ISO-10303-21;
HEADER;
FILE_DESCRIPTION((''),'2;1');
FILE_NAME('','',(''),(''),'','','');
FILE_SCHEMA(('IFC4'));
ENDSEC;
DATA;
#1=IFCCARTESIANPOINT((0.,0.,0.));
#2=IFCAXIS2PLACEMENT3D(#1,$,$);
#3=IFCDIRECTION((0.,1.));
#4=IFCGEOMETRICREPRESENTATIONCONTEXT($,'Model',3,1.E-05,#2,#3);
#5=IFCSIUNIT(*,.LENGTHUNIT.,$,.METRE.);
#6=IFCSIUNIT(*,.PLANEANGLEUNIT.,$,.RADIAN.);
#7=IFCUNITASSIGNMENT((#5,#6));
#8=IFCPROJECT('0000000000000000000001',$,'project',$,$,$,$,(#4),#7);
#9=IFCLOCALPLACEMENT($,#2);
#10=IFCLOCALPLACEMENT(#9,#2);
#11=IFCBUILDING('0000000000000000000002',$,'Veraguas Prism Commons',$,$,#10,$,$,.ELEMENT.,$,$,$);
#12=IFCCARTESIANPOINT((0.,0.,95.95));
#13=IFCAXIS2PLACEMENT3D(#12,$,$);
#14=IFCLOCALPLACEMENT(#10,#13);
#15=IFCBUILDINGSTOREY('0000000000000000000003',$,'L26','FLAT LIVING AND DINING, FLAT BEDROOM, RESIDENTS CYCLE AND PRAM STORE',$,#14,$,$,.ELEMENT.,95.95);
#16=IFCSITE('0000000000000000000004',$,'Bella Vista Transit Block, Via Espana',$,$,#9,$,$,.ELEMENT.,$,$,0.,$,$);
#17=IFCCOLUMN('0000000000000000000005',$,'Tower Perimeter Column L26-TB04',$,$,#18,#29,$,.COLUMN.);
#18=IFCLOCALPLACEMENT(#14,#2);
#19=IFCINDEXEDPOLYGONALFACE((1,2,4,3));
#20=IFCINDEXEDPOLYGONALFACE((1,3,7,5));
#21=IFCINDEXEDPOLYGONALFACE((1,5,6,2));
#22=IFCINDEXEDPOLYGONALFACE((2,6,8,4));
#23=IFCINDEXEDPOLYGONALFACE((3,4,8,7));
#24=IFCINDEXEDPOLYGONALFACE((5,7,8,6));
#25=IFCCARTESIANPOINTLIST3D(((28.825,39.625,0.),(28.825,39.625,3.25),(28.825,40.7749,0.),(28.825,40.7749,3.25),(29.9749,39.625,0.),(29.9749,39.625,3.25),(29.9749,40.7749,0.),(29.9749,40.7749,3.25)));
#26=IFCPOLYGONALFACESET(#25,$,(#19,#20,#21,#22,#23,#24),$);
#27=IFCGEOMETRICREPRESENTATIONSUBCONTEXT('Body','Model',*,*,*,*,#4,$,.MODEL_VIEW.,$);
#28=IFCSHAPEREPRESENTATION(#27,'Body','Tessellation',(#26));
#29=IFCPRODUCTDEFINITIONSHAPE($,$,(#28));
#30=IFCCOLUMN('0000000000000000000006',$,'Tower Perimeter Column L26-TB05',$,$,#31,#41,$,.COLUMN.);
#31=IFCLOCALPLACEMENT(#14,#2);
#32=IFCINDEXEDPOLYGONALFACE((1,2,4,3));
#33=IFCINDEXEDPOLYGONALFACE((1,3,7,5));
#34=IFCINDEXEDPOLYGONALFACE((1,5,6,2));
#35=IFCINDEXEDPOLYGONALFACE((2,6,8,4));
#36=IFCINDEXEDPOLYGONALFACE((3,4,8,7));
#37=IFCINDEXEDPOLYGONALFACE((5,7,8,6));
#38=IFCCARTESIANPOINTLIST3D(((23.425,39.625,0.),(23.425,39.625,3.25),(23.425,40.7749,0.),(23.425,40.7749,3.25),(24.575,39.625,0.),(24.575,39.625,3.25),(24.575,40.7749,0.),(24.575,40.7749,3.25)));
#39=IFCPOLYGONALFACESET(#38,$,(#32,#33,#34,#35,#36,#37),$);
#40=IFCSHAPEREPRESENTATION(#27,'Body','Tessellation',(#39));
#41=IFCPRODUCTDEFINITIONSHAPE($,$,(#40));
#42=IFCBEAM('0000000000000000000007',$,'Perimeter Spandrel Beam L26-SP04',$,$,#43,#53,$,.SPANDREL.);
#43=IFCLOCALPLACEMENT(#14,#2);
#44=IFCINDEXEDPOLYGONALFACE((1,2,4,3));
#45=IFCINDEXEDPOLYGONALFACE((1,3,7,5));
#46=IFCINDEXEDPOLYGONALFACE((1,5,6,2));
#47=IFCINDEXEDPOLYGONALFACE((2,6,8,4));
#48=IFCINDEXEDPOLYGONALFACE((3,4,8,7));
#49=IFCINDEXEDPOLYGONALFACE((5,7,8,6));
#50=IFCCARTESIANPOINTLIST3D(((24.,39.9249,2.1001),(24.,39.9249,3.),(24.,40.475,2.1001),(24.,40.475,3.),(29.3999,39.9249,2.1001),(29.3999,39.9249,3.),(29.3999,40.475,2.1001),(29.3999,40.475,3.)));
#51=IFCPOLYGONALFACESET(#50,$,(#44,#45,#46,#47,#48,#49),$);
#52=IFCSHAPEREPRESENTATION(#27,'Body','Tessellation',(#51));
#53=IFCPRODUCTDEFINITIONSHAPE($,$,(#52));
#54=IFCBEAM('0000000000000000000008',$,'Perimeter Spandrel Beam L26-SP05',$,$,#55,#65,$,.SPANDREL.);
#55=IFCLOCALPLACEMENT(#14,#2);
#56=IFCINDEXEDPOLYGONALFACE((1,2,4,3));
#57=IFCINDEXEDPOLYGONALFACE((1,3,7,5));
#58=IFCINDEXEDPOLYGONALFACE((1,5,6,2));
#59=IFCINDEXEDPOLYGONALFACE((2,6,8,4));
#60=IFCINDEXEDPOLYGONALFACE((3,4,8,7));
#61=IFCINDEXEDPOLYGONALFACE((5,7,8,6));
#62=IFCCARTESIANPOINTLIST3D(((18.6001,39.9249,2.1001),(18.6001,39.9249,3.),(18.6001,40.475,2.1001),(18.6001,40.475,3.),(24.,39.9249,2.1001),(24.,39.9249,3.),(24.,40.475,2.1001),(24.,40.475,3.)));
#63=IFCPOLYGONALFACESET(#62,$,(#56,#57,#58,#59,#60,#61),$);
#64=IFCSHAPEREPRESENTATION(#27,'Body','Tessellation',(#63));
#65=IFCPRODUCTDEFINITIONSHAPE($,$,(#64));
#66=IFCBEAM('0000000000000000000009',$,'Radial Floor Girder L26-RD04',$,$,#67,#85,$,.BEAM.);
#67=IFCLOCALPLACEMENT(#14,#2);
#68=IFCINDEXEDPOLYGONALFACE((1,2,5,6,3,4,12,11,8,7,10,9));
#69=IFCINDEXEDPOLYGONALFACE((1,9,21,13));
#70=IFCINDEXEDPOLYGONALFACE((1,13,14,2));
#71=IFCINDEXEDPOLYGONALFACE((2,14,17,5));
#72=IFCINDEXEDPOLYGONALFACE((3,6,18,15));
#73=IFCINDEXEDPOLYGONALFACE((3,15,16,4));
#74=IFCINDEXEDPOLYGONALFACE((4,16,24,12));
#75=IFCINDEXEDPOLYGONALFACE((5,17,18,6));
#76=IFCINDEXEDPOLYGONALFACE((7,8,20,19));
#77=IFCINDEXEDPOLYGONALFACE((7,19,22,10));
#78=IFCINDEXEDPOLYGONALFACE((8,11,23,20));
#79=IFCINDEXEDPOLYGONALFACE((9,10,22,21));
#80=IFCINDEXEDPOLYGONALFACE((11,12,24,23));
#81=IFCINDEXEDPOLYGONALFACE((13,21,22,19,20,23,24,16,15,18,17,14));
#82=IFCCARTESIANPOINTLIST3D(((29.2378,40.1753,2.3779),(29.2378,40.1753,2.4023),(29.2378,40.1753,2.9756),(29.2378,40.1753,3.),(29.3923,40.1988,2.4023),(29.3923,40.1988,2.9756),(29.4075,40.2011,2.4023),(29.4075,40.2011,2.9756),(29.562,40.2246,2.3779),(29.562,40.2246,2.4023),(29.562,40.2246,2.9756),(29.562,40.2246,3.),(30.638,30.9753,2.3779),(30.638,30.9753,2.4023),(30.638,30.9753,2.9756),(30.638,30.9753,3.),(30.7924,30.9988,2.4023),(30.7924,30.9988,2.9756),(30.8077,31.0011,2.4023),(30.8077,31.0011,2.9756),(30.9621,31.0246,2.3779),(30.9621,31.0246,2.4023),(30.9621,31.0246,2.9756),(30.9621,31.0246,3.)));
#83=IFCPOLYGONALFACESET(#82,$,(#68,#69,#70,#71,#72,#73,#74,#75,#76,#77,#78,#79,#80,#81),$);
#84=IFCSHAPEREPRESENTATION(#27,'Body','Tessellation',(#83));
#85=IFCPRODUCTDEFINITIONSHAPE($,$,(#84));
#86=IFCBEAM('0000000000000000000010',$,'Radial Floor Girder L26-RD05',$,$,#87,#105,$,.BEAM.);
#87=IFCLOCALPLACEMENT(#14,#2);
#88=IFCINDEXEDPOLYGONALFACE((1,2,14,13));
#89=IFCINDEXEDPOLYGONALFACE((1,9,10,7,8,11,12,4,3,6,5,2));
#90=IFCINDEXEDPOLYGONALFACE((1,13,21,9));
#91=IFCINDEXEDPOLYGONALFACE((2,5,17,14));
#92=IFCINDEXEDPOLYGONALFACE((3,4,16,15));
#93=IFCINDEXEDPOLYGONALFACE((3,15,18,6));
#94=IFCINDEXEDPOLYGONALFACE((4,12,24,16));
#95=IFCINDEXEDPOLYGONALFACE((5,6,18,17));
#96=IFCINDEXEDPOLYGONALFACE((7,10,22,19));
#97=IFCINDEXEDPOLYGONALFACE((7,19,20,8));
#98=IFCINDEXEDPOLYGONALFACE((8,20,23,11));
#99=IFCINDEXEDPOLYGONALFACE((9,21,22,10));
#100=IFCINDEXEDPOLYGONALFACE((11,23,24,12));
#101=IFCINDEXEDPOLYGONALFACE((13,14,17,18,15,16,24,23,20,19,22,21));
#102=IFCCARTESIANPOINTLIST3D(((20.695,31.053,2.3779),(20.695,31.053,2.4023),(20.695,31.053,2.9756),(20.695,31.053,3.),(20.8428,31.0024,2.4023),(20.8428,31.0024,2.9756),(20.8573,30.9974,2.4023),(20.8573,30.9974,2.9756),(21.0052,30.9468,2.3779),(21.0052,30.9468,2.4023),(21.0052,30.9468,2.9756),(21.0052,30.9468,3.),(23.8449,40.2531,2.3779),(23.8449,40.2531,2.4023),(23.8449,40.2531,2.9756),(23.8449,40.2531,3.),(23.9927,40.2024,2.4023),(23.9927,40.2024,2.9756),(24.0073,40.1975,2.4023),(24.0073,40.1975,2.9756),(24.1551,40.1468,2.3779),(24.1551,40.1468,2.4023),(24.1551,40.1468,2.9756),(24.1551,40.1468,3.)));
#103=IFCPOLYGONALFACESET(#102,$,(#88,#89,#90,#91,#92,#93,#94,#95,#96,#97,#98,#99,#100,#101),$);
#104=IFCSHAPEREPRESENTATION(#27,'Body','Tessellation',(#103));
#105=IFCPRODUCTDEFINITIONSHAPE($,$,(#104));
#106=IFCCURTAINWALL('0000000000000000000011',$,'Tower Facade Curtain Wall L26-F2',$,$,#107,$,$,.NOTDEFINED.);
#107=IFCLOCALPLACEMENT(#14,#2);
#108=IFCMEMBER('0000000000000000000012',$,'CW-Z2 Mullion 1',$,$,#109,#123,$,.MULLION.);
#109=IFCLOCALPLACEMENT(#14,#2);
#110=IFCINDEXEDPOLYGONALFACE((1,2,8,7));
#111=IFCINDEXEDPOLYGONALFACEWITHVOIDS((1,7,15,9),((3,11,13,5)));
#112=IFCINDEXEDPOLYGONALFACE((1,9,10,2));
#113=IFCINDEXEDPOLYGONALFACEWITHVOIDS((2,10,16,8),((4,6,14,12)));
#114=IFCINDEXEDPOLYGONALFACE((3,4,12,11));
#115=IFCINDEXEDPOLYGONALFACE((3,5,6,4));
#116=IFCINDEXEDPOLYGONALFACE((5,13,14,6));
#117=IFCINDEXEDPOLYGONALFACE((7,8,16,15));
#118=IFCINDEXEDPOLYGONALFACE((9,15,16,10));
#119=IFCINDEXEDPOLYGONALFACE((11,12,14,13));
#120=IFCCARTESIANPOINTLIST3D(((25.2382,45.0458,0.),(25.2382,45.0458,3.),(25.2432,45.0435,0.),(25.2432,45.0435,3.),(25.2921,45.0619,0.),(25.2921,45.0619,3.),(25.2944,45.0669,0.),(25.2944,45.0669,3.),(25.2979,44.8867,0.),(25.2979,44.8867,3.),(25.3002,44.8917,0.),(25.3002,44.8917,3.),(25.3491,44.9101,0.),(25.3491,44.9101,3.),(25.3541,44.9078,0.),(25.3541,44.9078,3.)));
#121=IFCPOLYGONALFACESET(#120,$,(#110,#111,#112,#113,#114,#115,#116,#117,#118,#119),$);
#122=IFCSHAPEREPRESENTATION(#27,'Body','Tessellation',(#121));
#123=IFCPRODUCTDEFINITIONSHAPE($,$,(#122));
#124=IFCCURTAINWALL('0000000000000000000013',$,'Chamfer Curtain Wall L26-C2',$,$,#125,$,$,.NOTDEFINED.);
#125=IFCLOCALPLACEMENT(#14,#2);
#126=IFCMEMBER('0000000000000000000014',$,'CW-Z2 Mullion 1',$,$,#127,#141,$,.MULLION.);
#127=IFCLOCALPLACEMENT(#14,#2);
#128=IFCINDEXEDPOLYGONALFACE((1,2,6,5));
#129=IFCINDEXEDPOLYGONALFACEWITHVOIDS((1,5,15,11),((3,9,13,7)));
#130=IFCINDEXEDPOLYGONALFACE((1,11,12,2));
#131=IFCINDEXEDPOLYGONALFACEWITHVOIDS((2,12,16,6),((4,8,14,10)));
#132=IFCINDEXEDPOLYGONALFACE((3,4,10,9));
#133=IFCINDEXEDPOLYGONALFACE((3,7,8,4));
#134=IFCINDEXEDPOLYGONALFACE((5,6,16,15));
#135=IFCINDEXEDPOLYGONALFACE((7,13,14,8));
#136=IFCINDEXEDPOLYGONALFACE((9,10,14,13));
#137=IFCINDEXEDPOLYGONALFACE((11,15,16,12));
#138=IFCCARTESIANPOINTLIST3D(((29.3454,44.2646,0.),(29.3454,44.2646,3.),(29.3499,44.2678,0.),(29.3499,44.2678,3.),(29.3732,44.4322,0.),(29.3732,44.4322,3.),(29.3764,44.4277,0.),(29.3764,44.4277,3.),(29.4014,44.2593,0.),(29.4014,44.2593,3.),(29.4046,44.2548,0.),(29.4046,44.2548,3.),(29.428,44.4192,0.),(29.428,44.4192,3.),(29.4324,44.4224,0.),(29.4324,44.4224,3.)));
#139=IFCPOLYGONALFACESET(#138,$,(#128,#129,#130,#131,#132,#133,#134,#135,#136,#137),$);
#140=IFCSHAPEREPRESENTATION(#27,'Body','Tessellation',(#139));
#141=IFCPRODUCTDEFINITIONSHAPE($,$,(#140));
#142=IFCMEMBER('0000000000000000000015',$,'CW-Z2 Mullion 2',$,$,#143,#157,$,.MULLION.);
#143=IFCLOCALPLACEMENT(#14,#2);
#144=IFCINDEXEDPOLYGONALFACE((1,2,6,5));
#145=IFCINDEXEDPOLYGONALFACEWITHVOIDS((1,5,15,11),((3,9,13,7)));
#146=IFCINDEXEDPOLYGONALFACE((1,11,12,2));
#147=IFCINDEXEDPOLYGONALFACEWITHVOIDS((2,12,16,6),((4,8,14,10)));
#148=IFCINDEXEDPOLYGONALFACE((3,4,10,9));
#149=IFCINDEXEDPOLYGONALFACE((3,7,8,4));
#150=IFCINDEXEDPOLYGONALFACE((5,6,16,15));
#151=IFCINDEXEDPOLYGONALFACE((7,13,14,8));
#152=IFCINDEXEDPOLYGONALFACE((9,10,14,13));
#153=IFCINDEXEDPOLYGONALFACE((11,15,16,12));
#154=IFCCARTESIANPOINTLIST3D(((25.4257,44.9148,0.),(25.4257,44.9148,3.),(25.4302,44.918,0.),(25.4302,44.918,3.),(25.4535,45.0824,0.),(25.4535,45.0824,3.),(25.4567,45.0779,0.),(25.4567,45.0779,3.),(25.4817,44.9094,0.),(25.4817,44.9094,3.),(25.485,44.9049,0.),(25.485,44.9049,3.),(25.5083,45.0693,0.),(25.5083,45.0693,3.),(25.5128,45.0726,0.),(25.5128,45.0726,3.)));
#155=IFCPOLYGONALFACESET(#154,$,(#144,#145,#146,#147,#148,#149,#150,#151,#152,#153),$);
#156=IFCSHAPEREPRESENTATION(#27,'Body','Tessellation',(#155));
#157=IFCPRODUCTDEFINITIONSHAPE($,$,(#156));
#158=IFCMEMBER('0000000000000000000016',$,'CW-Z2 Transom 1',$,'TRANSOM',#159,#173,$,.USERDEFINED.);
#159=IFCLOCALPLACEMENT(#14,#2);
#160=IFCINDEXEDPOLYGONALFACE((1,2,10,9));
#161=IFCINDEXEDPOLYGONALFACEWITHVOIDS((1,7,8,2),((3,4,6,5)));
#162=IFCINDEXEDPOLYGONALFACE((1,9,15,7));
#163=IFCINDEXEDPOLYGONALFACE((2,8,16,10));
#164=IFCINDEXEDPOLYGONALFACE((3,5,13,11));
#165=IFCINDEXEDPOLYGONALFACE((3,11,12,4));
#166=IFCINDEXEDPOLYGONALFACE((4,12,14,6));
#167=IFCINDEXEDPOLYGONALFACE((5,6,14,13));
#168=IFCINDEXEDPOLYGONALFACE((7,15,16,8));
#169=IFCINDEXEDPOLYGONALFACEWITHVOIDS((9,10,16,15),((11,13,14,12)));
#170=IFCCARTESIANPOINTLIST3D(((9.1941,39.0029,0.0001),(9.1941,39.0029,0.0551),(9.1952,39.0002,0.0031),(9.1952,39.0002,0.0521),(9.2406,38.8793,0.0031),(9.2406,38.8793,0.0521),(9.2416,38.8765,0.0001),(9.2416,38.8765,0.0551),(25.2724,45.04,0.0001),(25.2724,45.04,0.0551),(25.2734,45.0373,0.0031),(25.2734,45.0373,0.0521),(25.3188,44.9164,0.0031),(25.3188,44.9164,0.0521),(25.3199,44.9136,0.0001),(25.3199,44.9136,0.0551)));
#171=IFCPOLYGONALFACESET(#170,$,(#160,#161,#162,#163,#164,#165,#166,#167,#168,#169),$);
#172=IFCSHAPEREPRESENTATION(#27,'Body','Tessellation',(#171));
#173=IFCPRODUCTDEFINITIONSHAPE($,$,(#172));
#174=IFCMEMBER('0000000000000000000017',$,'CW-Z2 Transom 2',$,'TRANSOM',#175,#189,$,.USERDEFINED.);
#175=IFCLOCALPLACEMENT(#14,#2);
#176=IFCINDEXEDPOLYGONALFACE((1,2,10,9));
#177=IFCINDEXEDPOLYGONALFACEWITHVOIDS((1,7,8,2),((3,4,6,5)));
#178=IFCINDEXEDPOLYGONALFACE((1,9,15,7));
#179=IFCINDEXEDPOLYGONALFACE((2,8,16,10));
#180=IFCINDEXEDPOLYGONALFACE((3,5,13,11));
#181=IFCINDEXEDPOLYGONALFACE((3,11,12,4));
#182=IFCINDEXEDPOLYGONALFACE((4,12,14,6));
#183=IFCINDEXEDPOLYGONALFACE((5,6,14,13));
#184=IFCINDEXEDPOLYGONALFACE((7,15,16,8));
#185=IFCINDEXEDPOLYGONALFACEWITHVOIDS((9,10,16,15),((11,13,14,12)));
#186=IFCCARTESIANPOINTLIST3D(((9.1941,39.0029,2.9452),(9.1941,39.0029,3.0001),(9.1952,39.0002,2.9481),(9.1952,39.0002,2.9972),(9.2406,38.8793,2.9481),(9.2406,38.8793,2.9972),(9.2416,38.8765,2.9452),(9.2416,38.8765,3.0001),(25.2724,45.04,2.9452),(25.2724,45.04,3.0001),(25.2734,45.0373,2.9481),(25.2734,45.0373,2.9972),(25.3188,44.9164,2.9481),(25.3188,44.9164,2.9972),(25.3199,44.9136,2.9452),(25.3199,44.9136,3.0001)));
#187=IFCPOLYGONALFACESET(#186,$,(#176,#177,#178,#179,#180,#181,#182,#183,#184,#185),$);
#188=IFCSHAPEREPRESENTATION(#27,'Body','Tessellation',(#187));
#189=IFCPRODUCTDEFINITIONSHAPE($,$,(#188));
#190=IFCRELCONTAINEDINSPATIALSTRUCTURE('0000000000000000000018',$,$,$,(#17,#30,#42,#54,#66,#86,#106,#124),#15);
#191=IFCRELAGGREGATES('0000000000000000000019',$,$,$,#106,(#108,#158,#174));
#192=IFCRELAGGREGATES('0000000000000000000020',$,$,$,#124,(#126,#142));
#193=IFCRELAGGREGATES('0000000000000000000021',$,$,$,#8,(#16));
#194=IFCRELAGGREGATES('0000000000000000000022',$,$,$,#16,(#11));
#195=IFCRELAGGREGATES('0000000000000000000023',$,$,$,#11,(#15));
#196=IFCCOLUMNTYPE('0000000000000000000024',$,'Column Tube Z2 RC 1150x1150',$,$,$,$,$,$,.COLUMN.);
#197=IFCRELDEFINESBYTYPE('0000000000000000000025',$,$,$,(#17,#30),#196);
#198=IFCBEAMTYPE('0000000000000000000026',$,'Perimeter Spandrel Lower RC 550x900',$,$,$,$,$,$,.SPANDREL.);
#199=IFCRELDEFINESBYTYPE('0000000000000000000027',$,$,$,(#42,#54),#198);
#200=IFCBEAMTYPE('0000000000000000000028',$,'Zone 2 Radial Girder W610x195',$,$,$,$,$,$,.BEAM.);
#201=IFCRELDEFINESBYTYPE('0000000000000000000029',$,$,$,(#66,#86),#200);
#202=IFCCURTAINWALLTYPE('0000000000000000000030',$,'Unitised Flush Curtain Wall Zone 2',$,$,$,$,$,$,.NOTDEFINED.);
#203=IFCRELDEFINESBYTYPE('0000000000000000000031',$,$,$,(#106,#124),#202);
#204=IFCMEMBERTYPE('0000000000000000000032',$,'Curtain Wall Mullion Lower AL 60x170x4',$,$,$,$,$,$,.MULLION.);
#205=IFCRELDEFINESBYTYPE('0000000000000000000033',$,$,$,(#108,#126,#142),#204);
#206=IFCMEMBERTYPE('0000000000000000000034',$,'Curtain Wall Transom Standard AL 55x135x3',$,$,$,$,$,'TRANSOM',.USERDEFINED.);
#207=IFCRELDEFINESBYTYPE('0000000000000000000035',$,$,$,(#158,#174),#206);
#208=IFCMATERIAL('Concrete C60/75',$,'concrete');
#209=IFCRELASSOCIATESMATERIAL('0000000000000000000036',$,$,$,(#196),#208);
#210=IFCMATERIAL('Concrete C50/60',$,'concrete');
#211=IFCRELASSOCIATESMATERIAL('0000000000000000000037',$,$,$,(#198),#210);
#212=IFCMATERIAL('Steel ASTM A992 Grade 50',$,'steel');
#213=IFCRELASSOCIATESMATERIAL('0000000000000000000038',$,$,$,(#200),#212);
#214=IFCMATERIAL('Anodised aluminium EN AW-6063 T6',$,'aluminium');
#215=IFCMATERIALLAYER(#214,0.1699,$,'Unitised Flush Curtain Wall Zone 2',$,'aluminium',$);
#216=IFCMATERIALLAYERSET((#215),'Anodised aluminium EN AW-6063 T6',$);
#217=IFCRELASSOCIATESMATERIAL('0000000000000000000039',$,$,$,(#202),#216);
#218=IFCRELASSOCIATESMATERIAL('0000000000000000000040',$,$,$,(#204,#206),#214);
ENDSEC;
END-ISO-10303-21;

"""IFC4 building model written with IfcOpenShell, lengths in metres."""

from ifc_helpers import new_model, si_unit, direction, frame, origin, origin_2d, place, context, subcontext, project, spatial, rectangle, hollow_rectangle, i_section, extrude, source, transform, mapped, material, layer, layer_set, material_profile, profile_set, type_object, element, aggregate, save


model = new_model("IFC4")

# Units and contexts
model_context = context("Model", 3, precision=1e-05, world=origin(), true_north=direction((0.0, 1.0)))
body_context = subcontext(model_context, "Body", "Model", "MODEL_VIEW")
ifc_project = project(units=[si_unit("LENGTHUNIT", "METRE"), si_unit("PLANEANGLEUNIT", "RADIAN")], contexts=[model_context])

# Site, building, storey
site_placement = place(None, origin())
site = spatial("IfcSite", under=ifc_project, at=site_placement, Name="Bella Vista Transit Block, Via Espana", CompositionType="ELEMENT", RefElevation=0.0)
building_placement = place(site_placement, origin())
building = spatial("IfcBuilding", under=site, at=building_placement, Name="Veraguas Prism Commons", CompositionType="ELEMENT")
storey_placement = place(building_placement, frame((0.0, 0.0, 95.95)))
storey = spatial("IfcBuildingStorey", under=building, at=storey_placement, Name="L26", Description="FLAT LIVING AND DINING, FLAT BEDROOM, RESIDENTS CYCLE AND PRAM STORE", CompositionType="ELEMENT", Elevation=95.95)

# Columns
ifc_material_1 = material(Name="Concrete C60/75", Category="concrete")
ifc_material_profile_1 = material_profile(ifc_material_1, rectangle(XDim=1.1499, YDim=1.1499, at=origin_2d()), Name="RC1150X1150")
ifc_profile_set_1 = profile_set([ifc_material_profile_1], Name="Concrete C60/75")
column_type = type_object("IfcColumnType", Name="Column Tube Z2 RC 1150x1150", PredefinedType="COLUMN", material=ifc_profile_set_1)
for number, where, z_axis, x_axis, name in (
    (1, (29.3999, 40.2, 0.0), (0.0, 0.0, 1.0), (1.0, 0.0, 0.0), "Tower Perimeter Column L26-TB04"),
    (2, (24.0, 40.2, 0.0), (0.0, 0.0, 1.0), (1.0, 0.0, 0.0), "Tower Perimeter Column L26-TB05"),
):
    element("IfcColumn", number, at=place(storey_placement, frame(where, z_axis=z_axis, x_axis=x_axis)), inside=storey, type_object=column_type, Name=name, PredefinedType="COLUMN", context=body_context, shape_type="SweptSolid", body=[
        extrude(rectangle(XDim=1.1499, YDim=1.1499, at=origin_2d()), origin(), (0.0, 0.0, 1.0), 3.25),
    ])

# Beams
ifc_material_2 = material(Name="Concrete C50/60", Category="concrete")
ifc_material_profile_2 = material_profile(ifc_material_2, rectangle(XDim=0.55, YDim=0.8999, at=origin_2d()), Name="RC550X900")
ifc_profile_set_2 = profile_set([ifc_material_profile_2], Name="Concrete C50/60")
beam_type_1 = type_object("IfcBeamType", Name="Perimeter Spandrel Lower RC 550x900", PredefinedType="SPANDREL", material=ifc_profile_set_2)
for number, where, z_axis, x_axis, name in (
    (3, (29.3999, 40.2, 2.55), (-1.0, 0.0, 0.0), (0.0, -1.0, 0.0), "Perimeter Spandrel Beam L26-SP04"),
    (4, (24.0, 40.2, 2.55), (-1.0, 0.0, 0.0), (0.0, -1.0, 0.0), "Perimeter Spandrel Beam L26-SP05"),
):
    element("IfcBeam", number, at=place(storey_placement, frame(where, z_axis=z_axis, x_axis=x_axis)), inside=storey, type_object=beam_type_1, Name=name, PredefinedType="SPANDREL", context=body_context, shape_type="SweptSolid", body=[
        extrude(rectangle(XDim=0.55, YDim=0.8999, at=origin_2d()), origin(), (0.0, 0.0, 1.0), 5.3999),
    ])
ifc_material_3 = material(Name="Steel ASTM A992 Grade 50", Category="steel")
ifc_material_profile_3 = material_profile(ifc_material_3, i_section(OverallWidth=0.3279, OverallDepth=0.6221, WebThickness=0.0154, FlangeThickness=0.0244, at=origin_2d()), Name="W610X195")
ifc_profile_set_3 = profile_set([ifc_material_profile_3], Name="Steel ASTM A992 Grade 50")
beam_type_2 = type_object("IfcBeamType", Name="Zone 2 Radial Girder W610x195", PredefinedType="BEAM", material=ifc_profile_set_3)
beam_1_placement = place(storey_placement, frame((29.3999, 40.2, 2.689), z_axis=(0.150458, -0.988616, 0.0), x_axis=(0.988616, 0.150458, 0.0)))
element("IfcBeam", 5, at=beam_1_placement, inside=storey, type_object=beam_type_2, Name="Radial Floor Girder L26-RD04", PredefinedType="BEAM", context=body_context, shape_type="SweptSolid", body=[
    extrude(i_section(OverallWidth=0.3279, OverallDepth=0.6221, WebThickness=0.0154, FlangeThickness=0.0244, at=origin_2d()), origin(), (0.0, 0.0, 1.0), 9.3059),
])
beam_2_placement = place(storey_placement, frame((24.0, 40.2, 2.689), z_axis=(-0.323922, -0.946084, 0.0), x_axis=(0.946084, -0.323922, 0.0)))
element("IfcBeam", 6, at=beam_2_placement, inside=storey, type_object=beam_type_2, Name="Radial Floor Girder L26-RD05", PredefinedType="BEAM", context=body_context, shape_type="SweptSolid", body=[
    extrude(i_section(OverallWidth=0.3279, OverallDepth=0.6221, WebThickness=0.0154, FlangeThickness=0.0244, at=origin_2d()), origin(), (0.0, 0.0, 1.0), 9.7244),
])

# Curtain wall, member
ifc_material_4 = material(Name="Anodised aluminium EN AW-6063 T6", Category="aluminium")
ifc_layer_1 = layer(ifc_material_4, 0.1699, Name="Unitised Flush Curtain Wall Zone 2", Category="aluminium")
ifc_layer_set_1 = layer_set([ifc_layer_1], Name="Anodised aluminium EN AW-6063 T6")
curtain_wall_type = type_object("IfcCurtainWallType", Name="Unitised Flush Curtain Wall Zone 2", PredefinedType="NOTDEFINED", material=ifc_layer_set_1)
curtain_wall_1_placement = place(storey_placement, origin())
curtain_wall_1 = element("IfcCurtainWall", 7, at=curtain_wall_1_placement, inside=storey, type_object=curtain_wall_type, Name="Tower Facade Curtain Wall L26-F2", PredefinedType="NOTDEFINED")
ifc_material_profile_4 = material_profile(ifc_material_4, hollow_rectangle(XDim=0.0601, YDim=0.1699, WallThickness=0.0039, at=origin_2d()), Name="AL60X170X4")
ifc_profile_set_4 = profile_set([ifc_material_profile_4], Name="Anodised aluminium EN AW-6063 T6")
member_type_1 = type_object("IfcMemberType", Name="Curtain Wall Mullion Lower AL 60x170x4", PredefinedType="MULLION", material=ifc_profile_set_4)
shared_shape_1 = source(origin(), body_context, "Body", "SweptSolid", [
    extrude(hollow_rectangle(XDim=0.0601, YDim=0.1699, WallThickness=0.0039, at=origin_2d()), origin(), (0.0, 0.0, 1.0), 3.0),
])
member_1_placement = place(storey_placement, frame((25.2961, 44.9768, 0.0), z_axis=(0.0, 0.0, 1.0), x_axis=(-0.936183, -0.351513, 0.0)))
member_1 = element("IfcMember", 8, at=member_1_placement, type_object=member_type_1, Name="CW-Z2 Mullion 1", PredefinedType="MULLION", context=body_context, shape_type="MappedRepresentation", body=[
    mapped(shared_shape_1, transform((0.0, 0.0, 0.0), scale=1.0)),
])

# Curtain wall, members
curtain_wall_2_placement = place(storey_placement, origin())
curtain_wall_2 = element("IfcCurtainWall", 9, at=curtain_wall_2_placement, inside=storey, type_object=curtain_wall_type, Name="Chamfer Curtain Wall L26-C2", PredefinedType="NOTDEFINED")
member_2_placement = place(storey_placement, frame((29.3889, 44.3435, 0.0), z_axis=(0.0, 0.0, 1.0), x_axis=(-0.986515, 0.16367, 0.0)))
member_2 = element("IfcMember", 10, at=member_2_placement, type_object=member_type_1, Name="CW-Z2 Mullion 1", PredefinedType="MULLION", context=body_context, shape_type="MappedRepresentation", body=[
    mapped(shared_shape_1, transform((0.0, 0.0, 0.0), scale=1.0)),
])
member_3_placement = place(storey_placement, frame((25.4692, 44.9937, 0.0), z_axis=(0.0, 0.0, 1.0), x_axis=(-0.986515, 0.16367, 0.0)))
member_3 = element("IfcMember", 11, at=member_3_placement, type_object=member_type_1, Name="CW-Z2 Mullion 2", PredefinedType="MULLION", context=body_context, shape_type="MappedRepresentation", body=[
    mapped(shared_shape_1, transform((0.0, 0.0, 0.0), scale=1.0)),
])

# Members
ifc_material_profile_5 = material_profile(ifc_material_4, hollow_rectangle(XDim=0.0549, YDim=0.135, WallThickness=0.0029, at=origin_2d()), Name="AL55X135X3")
ifc_profile_set_5 = profile_set([ifc_material_profile_5], Name="Anodised aluminium EN AW-6063 T6")
member_type_2 = type_object("IfcMemberType", Name="Curtain Wall Transom Standard AL 55x135x3", ElementType="TRANSOM", PredefinedType="USERDEFINED", material=ifc_profile_set_5)
shared_shape_2 = source(origin(), body_context, "Body", "SweptSolid", [
    extrude(hollow_rectangle(XDim=0.0549, YDim=0.135, WallThickness=0.0029, at=origin_2d()), origin(), (0.0, 0.0, 1.0), 17.1743),
])
member_4_placement = place(storey_placement, frame((25.2961, 44.9768, 0.0276), z_axis=(-0.936181, -0.351518, 0.0), x_axis=(0.0, 0.0, 1.0)))
member_4 = element("IfcMember", 12, at=member_4_placement, type_object=member_type_2, Name="CW-Z2 Transom 1", ObjectType="TRANSOM", PredefinedType="USERDEFINED", context=body_context, shape_type="MappedRepresentation", body=[
    mapped(shared_shape_2, transform((0.0, 0.0, 0.0), scale=1.0)),
])
member_5_placement = place(storey_placement, frame((25.2961, 44.9768, 2.9727), z_axis=(-0.936181, -0.351518, 0.0), x_axis=(0.0, 0.0, 1.0)))
member_5 = element("IfcMember", 13, at=member_5_placement, type_object=member_type_2, Name="CW-Z2 Transom 2", ObjectType="TRANSOM", PredefinedType="USERDEFINED", context=body_context, shape_type="MappedRepresentation", body=[
    mapped(shared_shape_2, transform((0.0, 0.0, 0.0), scale=1.0)),
])
aggregate(curtain_wall_1, [member_1, member_4, member_5])

aggregate(curtain_wall_2, [member_2, member_3])

save(model, "model.ifc")
